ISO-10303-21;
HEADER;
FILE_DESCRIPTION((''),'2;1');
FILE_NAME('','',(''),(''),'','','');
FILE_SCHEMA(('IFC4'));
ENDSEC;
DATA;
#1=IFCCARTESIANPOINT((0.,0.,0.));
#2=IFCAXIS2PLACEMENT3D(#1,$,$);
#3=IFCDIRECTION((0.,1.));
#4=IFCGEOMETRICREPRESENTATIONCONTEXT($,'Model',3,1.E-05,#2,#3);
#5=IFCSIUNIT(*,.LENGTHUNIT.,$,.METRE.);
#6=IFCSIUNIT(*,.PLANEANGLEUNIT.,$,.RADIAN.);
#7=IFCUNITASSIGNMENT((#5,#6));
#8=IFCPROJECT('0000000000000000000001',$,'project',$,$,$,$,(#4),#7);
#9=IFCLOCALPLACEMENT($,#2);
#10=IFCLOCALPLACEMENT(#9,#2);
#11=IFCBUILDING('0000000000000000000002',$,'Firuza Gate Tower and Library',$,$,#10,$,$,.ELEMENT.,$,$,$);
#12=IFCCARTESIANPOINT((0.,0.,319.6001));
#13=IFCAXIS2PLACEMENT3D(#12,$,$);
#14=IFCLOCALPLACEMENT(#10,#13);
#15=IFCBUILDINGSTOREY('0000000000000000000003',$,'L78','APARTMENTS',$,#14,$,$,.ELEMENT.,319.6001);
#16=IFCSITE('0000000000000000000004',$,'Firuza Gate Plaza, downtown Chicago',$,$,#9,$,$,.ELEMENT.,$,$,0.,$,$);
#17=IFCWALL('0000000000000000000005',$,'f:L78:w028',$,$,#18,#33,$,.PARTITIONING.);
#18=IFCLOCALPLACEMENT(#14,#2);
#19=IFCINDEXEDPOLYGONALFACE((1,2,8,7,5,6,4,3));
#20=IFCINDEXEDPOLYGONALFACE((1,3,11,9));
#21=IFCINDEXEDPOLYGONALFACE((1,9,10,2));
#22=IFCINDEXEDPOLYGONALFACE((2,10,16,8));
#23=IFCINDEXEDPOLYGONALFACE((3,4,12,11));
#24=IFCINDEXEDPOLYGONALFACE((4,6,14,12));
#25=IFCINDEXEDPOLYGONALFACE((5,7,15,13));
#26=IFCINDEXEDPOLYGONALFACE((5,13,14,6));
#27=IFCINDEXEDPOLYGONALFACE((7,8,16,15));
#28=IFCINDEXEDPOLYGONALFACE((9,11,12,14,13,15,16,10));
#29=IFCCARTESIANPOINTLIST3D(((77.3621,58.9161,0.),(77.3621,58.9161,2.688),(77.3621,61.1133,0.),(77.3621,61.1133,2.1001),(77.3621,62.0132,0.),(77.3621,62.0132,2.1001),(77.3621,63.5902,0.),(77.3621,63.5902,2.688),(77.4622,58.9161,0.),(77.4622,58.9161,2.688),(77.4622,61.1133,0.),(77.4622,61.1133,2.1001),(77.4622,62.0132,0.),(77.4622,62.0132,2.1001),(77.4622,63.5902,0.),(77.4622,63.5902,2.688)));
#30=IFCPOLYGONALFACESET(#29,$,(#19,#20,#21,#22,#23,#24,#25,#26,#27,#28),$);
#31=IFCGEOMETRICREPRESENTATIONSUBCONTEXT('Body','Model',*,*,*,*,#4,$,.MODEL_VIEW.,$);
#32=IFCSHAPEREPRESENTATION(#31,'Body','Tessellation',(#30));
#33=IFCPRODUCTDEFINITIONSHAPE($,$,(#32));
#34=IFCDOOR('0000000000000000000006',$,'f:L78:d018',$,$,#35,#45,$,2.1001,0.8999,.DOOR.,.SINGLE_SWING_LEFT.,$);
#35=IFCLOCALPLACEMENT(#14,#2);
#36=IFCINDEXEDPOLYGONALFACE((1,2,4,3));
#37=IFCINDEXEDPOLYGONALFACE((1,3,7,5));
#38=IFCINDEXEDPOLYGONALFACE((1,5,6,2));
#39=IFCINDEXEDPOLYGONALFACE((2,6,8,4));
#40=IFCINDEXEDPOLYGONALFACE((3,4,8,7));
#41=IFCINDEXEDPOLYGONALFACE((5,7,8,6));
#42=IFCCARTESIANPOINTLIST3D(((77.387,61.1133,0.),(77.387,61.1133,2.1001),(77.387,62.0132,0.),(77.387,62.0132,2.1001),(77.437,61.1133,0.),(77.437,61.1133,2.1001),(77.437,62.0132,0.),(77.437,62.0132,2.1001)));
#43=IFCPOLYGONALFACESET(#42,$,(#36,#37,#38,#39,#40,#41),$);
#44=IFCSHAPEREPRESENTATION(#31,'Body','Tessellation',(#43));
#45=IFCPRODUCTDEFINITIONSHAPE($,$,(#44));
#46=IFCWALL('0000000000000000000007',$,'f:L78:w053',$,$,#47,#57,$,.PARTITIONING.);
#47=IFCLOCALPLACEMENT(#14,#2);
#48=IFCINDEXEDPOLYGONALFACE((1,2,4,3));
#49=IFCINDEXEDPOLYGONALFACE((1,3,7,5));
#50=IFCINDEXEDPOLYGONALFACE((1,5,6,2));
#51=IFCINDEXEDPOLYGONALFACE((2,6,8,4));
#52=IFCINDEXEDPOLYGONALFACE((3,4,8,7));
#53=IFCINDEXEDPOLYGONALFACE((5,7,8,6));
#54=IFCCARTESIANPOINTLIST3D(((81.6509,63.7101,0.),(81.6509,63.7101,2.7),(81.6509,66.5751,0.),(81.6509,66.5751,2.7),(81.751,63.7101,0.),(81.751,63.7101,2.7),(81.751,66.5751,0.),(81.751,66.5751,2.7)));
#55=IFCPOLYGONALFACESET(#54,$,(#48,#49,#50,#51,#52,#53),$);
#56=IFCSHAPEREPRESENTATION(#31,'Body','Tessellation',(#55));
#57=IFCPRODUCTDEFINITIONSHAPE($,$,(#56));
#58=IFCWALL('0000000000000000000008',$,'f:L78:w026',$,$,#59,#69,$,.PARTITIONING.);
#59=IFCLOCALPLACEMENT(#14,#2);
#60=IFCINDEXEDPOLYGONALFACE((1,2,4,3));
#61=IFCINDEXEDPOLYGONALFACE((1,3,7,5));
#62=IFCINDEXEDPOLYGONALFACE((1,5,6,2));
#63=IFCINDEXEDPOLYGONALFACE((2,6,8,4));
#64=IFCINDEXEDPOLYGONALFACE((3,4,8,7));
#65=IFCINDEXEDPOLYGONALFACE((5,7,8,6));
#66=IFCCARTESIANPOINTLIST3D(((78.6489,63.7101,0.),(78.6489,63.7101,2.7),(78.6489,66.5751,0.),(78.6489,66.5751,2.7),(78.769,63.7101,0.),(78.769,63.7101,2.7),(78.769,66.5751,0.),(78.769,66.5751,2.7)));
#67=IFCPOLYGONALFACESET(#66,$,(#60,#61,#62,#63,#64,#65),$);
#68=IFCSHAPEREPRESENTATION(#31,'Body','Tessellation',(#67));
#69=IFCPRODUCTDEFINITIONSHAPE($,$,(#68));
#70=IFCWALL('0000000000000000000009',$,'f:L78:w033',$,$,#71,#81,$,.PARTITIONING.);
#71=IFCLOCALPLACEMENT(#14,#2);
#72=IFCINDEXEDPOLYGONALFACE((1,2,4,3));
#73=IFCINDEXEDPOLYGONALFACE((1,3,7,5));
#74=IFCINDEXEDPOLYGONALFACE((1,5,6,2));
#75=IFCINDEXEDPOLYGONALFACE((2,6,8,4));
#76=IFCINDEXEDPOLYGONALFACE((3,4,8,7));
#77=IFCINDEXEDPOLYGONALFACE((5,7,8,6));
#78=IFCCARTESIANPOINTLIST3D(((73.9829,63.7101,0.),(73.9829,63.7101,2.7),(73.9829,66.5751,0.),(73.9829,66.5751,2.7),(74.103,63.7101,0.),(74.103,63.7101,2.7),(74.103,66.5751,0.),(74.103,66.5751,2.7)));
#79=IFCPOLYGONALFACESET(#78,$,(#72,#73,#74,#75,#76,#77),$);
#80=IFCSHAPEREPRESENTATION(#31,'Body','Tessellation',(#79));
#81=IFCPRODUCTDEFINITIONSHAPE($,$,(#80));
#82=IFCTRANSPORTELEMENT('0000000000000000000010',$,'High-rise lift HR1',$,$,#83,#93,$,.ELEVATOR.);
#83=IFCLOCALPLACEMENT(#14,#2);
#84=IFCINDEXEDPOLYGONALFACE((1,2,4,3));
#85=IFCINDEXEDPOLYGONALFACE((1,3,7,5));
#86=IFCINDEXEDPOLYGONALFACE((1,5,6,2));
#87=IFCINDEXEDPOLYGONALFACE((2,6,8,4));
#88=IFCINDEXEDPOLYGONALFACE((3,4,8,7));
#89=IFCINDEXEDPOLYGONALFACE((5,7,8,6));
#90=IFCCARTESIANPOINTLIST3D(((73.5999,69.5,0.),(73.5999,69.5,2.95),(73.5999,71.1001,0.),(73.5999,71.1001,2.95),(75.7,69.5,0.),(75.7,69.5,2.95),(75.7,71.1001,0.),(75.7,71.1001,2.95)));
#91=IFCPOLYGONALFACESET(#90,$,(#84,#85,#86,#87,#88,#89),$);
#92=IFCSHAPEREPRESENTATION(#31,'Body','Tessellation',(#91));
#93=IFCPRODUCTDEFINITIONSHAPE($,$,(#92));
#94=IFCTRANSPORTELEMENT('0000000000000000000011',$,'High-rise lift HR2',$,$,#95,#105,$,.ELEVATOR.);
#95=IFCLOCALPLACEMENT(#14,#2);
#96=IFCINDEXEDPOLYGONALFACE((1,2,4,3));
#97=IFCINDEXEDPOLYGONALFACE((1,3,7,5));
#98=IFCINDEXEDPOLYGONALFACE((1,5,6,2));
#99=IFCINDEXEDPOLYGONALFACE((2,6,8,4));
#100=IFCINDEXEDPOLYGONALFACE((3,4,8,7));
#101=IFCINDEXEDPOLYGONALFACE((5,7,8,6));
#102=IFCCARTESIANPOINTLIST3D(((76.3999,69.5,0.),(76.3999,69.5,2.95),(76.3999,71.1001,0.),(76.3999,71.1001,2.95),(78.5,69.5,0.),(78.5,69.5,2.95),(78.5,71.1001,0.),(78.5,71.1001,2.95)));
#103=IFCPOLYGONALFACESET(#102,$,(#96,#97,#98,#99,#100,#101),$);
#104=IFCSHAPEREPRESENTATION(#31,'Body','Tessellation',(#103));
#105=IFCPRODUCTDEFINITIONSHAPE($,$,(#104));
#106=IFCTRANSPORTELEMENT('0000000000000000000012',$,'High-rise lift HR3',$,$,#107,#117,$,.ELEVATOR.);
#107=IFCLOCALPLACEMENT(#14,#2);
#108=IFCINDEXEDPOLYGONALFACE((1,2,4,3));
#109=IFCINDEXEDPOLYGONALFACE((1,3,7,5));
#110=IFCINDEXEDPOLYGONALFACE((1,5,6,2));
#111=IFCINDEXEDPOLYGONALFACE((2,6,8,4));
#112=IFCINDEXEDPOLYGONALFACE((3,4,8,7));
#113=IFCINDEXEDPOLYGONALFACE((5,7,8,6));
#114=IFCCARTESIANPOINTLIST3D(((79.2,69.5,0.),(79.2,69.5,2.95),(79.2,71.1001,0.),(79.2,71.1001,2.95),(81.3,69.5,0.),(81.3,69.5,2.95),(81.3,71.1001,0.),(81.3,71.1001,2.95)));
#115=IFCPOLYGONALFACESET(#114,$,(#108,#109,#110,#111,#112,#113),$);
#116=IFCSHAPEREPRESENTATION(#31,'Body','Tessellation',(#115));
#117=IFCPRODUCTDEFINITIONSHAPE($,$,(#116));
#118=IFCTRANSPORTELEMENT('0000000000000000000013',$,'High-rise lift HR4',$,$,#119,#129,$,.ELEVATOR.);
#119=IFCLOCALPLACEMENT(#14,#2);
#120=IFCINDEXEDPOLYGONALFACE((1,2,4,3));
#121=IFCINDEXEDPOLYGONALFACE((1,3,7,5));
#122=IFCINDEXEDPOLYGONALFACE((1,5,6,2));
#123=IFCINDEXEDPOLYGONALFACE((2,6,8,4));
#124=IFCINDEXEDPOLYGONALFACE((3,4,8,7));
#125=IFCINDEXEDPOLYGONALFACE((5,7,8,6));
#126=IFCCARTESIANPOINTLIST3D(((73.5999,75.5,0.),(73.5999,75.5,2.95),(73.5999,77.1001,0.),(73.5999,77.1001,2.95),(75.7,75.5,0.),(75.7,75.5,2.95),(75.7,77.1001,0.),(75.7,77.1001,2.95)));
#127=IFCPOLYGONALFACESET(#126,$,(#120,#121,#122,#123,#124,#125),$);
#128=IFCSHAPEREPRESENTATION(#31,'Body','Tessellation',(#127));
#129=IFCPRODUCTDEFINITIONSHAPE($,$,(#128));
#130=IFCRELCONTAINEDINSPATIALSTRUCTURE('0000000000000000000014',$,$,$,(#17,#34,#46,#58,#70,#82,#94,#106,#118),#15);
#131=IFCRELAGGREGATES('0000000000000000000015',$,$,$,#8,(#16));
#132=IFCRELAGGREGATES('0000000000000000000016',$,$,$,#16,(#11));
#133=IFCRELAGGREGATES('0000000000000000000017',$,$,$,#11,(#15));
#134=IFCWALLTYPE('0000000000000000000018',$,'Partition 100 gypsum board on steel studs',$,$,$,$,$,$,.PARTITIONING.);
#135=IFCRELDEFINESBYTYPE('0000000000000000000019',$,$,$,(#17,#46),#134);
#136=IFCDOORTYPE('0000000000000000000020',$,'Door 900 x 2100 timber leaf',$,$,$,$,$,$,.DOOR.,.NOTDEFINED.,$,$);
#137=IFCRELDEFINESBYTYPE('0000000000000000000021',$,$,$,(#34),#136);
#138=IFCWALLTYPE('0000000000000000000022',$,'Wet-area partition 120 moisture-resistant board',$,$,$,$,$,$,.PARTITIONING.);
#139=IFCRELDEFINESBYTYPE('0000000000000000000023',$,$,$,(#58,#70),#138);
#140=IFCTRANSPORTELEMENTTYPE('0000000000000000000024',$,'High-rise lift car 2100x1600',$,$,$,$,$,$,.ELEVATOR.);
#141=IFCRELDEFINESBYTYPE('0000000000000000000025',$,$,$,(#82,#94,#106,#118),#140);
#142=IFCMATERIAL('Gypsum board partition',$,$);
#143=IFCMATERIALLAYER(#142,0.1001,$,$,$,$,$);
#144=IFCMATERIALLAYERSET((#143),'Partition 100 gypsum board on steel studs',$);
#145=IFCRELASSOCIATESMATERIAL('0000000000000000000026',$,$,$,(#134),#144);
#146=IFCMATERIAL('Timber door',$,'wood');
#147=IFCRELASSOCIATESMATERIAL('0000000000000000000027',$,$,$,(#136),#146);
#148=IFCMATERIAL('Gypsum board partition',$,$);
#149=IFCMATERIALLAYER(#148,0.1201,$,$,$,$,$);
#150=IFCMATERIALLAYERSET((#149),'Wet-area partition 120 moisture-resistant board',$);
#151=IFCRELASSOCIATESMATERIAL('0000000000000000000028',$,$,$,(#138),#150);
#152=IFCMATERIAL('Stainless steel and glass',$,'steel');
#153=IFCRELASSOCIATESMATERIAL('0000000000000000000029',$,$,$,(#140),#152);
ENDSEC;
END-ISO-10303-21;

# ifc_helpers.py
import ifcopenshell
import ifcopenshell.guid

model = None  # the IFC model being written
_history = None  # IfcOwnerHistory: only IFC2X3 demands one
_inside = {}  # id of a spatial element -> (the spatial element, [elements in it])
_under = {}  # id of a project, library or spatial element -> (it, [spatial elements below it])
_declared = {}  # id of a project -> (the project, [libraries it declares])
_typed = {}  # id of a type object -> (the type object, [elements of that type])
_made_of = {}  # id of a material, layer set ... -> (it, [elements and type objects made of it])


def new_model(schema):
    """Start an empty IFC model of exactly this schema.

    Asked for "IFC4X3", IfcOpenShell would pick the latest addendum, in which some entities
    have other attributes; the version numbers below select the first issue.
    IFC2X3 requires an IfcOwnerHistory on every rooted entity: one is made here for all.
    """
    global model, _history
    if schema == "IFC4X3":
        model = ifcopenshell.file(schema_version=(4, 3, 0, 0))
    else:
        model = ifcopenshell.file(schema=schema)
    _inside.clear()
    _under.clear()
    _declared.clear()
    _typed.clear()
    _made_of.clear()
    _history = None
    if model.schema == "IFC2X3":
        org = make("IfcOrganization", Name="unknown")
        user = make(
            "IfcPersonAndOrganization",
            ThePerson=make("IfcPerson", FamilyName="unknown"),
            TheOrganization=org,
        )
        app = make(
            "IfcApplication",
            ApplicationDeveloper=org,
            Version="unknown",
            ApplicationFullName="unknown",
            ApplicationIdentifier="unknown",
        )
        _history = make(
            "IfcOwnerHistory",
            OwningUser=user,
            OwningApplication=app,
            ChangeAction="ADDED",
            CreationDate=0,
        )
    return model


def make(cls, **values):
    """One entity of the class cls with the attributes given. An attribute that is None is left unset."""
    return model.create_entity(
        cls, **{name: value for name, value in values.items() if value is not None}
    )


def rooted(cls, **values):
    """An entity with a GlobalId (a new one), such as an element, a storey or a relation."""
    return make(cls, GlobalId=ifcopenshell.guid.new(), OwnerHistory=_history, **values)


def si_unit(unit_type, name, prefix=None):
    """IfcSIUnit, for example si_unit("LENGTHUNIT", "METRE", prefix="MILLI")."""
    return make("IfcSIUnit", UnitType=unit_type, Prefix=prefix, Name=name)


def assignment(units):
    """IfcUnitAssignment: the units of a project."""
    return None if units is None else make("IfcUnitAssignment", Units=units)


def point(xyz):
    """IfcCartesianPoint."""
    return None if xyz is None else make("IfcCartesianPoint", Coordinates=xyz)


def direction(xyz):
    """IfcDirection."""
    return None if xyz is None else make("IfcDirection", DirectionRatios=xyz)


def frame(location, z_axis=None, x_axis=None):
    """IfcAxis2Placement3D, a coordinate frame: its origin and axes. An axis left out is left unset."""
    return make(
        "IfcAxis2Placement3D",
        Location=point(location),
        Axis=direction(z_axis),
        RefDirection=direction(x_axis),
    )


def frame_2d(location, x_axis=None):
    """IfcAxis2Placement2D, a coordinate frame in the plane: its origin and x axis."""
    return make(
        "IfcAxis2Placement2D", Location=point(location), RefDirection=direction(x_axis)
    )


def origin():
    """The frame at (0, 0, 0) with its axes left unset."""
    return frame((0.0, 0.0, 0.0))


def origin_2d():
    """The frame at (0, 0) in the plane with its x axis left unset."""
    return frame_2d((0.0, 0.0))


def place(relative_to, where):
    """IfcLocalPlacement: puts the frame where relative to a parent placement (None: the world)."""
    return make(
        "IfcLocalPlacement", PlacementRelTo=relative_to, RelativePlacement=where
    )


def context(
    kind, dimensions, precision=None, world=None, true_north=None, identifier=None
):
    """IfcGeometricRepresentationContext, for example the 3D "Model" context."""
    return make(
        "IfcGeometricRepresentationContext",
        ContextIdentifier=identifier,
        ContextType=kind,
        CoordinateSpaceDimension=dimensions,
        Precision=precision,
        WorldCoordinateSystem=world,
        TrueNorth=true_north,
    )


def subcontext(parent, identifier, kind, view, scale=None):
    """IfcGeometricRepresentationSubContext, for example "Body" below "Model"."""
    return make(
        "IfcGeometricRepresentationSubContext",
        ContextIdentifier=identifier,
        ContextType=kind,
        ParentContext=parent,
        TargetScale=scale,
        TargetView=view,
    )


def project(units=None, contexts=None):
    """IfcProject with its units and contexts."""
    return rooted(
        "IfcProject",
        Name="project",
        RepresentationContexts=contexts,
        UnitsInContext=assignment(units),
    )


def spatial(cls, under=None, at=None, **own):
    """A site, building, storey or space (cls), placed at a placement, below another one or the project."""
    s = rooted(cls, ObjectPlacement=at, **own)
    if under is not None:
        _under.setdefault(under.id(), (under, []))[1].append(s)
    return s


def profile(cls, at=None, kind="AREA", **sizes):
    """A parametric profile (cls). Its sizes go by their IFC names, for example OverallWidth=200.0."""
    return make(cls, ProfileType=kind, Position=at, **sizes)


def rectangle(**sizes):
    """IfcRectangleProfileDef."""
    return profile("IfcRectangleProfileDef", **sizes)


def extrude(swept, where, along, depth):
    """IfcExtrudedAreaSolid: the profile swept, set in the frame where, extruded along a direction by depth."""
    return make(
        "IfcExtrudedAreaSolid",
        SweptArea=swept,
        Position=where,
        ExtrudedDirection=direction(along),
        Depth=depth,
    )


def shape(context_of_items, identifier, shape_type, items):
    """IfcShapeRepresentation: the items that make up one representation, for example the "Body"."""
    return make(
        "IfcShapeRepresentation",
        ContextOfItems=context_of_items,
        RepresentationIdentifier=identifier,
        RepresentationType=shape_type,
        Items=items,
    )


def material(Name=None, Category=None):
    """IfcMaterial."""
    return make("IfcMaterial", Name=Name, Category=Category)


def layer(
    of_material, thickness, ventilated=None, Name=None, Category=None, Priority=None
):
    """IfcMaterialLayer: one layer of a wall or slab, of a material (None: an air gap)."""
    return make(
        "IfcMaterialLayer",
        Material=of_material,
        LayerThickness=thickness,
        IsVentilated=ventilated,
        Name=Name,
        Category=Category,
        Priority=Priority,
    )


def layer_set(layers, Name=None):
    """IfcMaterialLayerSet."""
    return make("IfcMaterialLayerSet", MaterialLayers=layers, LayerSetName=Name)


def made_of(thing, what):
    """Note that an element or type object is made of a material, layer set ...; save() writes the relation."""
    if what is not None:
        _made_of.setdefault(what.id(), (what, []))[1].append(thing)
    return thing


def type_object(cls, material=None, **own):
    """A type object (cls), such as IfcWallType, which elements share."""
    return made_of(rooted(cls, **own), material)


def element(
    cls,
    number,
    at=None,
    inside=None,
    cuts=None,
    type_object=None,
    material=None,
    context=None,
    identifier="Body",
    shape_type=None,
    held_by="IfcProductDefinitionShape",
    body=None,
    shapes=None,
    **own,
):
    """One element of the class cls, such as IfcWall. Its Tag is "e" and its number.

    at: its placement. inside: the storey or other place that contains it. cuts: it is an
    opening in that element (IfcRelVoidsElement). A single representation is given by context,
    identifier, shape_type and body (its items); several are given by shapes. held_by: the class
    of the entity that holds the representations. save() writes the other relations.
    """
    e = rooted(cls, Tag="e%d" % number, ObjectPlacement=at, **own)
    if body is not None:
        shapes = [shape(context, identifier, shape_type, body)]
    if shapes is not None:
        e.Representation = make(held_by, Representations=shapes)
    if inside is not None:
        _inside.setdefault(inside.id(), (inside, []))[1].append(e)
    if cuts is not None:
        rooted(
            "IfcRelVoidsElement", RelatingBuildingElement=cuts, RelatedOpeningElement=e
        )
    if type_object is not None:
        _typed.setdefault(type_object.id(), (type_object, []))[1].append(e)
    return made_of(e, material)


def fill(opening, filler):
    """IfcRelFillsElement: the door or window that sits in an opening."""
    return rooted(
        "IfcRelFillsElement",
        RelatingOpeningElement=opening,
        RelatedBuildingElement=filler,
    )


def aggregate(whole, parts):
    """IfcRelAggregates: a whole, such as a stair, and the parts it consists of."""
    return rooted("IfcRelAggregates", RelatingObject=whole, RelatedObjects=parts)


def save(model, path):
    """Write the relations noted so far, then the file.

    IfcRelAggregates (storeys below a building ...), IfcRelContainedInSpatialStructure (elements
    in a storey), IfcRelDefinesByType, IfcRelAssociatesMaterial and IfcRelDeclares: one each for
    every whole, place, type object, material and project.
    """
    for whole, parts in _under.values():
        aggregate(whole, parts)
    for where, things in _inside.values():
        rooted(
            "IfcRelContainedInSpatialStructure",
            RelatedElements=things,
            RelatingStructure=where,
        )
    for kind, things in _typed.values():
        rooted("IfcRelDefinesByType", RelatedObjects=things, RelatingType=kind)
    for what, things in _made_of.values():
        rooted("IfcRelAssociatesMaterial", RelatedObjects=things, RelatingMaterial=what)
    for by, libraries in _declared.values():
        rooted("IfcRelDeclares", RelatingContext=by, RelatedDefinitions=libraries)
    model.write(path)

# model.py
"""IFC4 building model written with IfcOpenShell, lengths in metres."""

from ifc_helpers import new_model, si_unit, direction, frame, frame_2d, origin, origin_2d, place, context, subcontext, project, spatial, rectangle, extrude, material, layer, layer_set, type_object, element, fill, save


model = new_model("IFC4")

# Units and contexts
model_context = context("Model", 3, precision=1e-05, world=origin(), true_north=direction((0.0, 1.0)))
body_context = subcontext(model_context, "Body", "Model", "MODEL_VIEW")
ifc_project = project(units=[si_unit("LENGTHUNIT", "METRE"), si_unit("PLANEANGLEUNIT", "RADIAN")], contexts=[model_context])

# Site, building, storey
site_placement = place(None, origin())
site = spatial("IfcSite", under=ifc_project, at=site_placement, Name="Firuza Gate Plaza, downtown Chicago", CompositionType="ELEMENT", RefElevation=0.0)
building_placement = place(site_placement, origin())
building = spatial("IfcBuilding", under=site, at=building_placement, Name="Firuza Gate Tower and Library", CompositionType="ELEMENT")
storey_placement = place(building_placement, frame((0.0, 0.0, 319.6001)))
storey = spatial("IfcBuildingStorey", under=building, at=storey_placement, Name="L78", Description="APARTMENTS", CompositionType="ELEMENT", Elevation=319.6001)

# Shared definitions
ifc_material_1 = material(Name="Gypsum board partition")
ifc_layer_1 = layer(ifc_material_1, 0.1001)
ifc_layer_set_1 = layer_set([ifc_layer_1], Name="Partition 100 gypsum board on steel studs")
wall_type_1 = type_object("IfcWallType", Name="Partition 100 gypsum board on steel studs", PredefinedType="PARTITIONING", material=ifc_layer_set_1)

# Wall, opening, door
wall_1_placement = place(storey_placement, frame((77.4121, 63.5901, 0.0), z_axis=(0.0, 0.0, 1.0), x_axis=(0.0, -1.0, 0.0)))
wall_1 = element("IfcWall", 1, at=wall_1_placement, inside=storey, type_object=wall_type_1, Name="f:L78:w028", PredefinedType="PARTITIONING", context=body_context, shape_type="SweptSolid", body=[
    extrude(rectangle(XDim=4.6741, YDim=0.1001, at=frame_2d((2.3369, 0.0))), origin(), (0.0, 0.0, 1.0), 2.688),
])
opening_1_placement = place(wall_1_placement, frame((1.5769, 0.0, 0.0)))
opening_1 = element("IfcOpeningElement", 2, at=opening_1_placement, cuts=wall_1, PredefinedType="OPENING", context=body_context, shape_type="SweptSolid", body=[
    extrude(rectangle(XDim=0.8999, YDim=2.1001, at=frame_2d((0.45, 1.05))), frame((0.0, 0.0601, 0.0), z_axis=(0.0, -1.0, 0.0), x_axis=(1.0, 0.0, 0.0)), (0.0, 0.0, 1.0), 0.1201),
])
ifc_material_2 = material(Name="Timber door", Category="wood")
door_type_1 = type_object("IfcDoorType", Name="Door 900 x 2100 timber leaf", OperationType="NOTDEFINED", PredefinedType="DOOR", material=ifc_material_2)
door_1_placement = place(opening_1_placement, origin())
door_1 = element("IfcDoor", 3, at=door_1_placement, inside=storey, type_object=door_type_1, Name="f:L78:d018", OperationType="SINGLE_SWING_LEFT", OverallHeight=2.1001, OverallWidth=0.8999, PredefinedType="DOOR", context=body_context, shape_type="SweptSolid", body=[
    extrude(rectangle(XDim=0.8999, YDim=2.1001, at=frame_2d((0.45, 1.05))), frame((0.0, 0.0249, 0.0), z_axis=(0.0, -1.0, 0.0), x_axis=(1.0, 0.0, 0.0)), (0.0, 0.0, 1.0), 0.05),
])
fill(opening_1, door_1)

# Walls
wall_2_placement = place(storey_placement, frame((81.7009, 63.71, 0.0), z_axis=(0.0, 0.0, 1.0), x_axis=(0.0, 1.0, 0.0)))
element("IfcWall", 4, at=wall_2_placement, inside=storey, type_object=wall_type_1, Name="f:L78:w053", PredefinedType="PARTITIONING", context=body_context, shape_type="SweptSolid", body=[
    extrude(rectangle(XDim=2.865, YDim=0.1001, at=frame_2d((1.4326, 0.0))), origin(), (0.0, 0.0, 1.0), 2.7),
])
ifc_material_3 = material(Name="Gypsum board partition")
ifc_layer_2 = layer(ifc_material_3, 0.1201)
ifc_layer_set_2 = layer_set([ifc_layer_2], Name="Wet-area partition 120 moisture-resistant board")
wall_type_2 = type_object("IfcWallType", Name="Wet-area partition 120 moisture-resistant board", PredefinedType="PARTITIONING", material=ifc_layer_set_2)
for number, where, z_axis, x_axis, name in (
    (5, (78.709, 63.71, 0.0), (0.0, 0.0, 1.0), (0.0, 1.0, 0.0), "f:L78:w026"),
    (6, (74.043, 63.71, 0.0), (0.0, 0.0, 1.0), (0.0, 1.0, 0.0), "f:L78:w033"),
):
    element("IfcWall", number, at=place(storey_placement, frame(where, z_axis=z_axis, x_axis=x_axis)), inside=storey, type_object=wall_type_2, Name=name, PredefinedType="PARTITIONING", context=body_context, shape_type="SweptSolid", body=[
        extrude(rectangle(XDim=2.865, YDim=0.1201, at=frame_2d((1.4326, 0.0))), origin(), (0.0, 0.0, 1.0), 2.7),
    ])

# Transport elements
ifc_material_4 = material(Name="Stainless steel and glass", Category="steel")
transport_element_type = type_object("IfcTransportElementType", Name="High-rise lift car 2100x1600", PredefinedType="ELEVATOR", material=ifc_material_4)
for number, where, z_axis, x_axis, name in (
    (7, (74.6499, 70.3, 0.0), (0.0, 0.0, 1.0), (1.0, 0.0, 0.0), "High-rise lift HR1"),
    (8, (77.45, 70.3, 0.0), (0.0, 0.0, 1.0), (1.0, 0.0, 0.0), "High-rise lift HR2"),
    (9, (80.25, 70.3, 0.0), (0.0, 0.0, 1.0), (1.0, 0.0, 0.0), "High-rise lift HR3"),
    (10, (74.6499, 76.3, 0.0), (0.0, 0.0, 1.0), (1.0, 0.0, 0.0), "High-rise lift HR4"),
):
    element("IfcTransportElement", number, at=place(storey_placement, frame(where, z_axis=z_axis, x_axis=x_axis)), inside=storey, type_object=transport_element_type, Name=name, PredefinedType="ELEVATOR", context=body_context, shape_type="SweptSolid", body=[
        extrude(rectangle(XDim=2.1001, YDim=1.6001, at=origin_2d()), origin(), (0.0, 0.0, 1.0), 2.95),
    ])

save(model, "model.ifc")
